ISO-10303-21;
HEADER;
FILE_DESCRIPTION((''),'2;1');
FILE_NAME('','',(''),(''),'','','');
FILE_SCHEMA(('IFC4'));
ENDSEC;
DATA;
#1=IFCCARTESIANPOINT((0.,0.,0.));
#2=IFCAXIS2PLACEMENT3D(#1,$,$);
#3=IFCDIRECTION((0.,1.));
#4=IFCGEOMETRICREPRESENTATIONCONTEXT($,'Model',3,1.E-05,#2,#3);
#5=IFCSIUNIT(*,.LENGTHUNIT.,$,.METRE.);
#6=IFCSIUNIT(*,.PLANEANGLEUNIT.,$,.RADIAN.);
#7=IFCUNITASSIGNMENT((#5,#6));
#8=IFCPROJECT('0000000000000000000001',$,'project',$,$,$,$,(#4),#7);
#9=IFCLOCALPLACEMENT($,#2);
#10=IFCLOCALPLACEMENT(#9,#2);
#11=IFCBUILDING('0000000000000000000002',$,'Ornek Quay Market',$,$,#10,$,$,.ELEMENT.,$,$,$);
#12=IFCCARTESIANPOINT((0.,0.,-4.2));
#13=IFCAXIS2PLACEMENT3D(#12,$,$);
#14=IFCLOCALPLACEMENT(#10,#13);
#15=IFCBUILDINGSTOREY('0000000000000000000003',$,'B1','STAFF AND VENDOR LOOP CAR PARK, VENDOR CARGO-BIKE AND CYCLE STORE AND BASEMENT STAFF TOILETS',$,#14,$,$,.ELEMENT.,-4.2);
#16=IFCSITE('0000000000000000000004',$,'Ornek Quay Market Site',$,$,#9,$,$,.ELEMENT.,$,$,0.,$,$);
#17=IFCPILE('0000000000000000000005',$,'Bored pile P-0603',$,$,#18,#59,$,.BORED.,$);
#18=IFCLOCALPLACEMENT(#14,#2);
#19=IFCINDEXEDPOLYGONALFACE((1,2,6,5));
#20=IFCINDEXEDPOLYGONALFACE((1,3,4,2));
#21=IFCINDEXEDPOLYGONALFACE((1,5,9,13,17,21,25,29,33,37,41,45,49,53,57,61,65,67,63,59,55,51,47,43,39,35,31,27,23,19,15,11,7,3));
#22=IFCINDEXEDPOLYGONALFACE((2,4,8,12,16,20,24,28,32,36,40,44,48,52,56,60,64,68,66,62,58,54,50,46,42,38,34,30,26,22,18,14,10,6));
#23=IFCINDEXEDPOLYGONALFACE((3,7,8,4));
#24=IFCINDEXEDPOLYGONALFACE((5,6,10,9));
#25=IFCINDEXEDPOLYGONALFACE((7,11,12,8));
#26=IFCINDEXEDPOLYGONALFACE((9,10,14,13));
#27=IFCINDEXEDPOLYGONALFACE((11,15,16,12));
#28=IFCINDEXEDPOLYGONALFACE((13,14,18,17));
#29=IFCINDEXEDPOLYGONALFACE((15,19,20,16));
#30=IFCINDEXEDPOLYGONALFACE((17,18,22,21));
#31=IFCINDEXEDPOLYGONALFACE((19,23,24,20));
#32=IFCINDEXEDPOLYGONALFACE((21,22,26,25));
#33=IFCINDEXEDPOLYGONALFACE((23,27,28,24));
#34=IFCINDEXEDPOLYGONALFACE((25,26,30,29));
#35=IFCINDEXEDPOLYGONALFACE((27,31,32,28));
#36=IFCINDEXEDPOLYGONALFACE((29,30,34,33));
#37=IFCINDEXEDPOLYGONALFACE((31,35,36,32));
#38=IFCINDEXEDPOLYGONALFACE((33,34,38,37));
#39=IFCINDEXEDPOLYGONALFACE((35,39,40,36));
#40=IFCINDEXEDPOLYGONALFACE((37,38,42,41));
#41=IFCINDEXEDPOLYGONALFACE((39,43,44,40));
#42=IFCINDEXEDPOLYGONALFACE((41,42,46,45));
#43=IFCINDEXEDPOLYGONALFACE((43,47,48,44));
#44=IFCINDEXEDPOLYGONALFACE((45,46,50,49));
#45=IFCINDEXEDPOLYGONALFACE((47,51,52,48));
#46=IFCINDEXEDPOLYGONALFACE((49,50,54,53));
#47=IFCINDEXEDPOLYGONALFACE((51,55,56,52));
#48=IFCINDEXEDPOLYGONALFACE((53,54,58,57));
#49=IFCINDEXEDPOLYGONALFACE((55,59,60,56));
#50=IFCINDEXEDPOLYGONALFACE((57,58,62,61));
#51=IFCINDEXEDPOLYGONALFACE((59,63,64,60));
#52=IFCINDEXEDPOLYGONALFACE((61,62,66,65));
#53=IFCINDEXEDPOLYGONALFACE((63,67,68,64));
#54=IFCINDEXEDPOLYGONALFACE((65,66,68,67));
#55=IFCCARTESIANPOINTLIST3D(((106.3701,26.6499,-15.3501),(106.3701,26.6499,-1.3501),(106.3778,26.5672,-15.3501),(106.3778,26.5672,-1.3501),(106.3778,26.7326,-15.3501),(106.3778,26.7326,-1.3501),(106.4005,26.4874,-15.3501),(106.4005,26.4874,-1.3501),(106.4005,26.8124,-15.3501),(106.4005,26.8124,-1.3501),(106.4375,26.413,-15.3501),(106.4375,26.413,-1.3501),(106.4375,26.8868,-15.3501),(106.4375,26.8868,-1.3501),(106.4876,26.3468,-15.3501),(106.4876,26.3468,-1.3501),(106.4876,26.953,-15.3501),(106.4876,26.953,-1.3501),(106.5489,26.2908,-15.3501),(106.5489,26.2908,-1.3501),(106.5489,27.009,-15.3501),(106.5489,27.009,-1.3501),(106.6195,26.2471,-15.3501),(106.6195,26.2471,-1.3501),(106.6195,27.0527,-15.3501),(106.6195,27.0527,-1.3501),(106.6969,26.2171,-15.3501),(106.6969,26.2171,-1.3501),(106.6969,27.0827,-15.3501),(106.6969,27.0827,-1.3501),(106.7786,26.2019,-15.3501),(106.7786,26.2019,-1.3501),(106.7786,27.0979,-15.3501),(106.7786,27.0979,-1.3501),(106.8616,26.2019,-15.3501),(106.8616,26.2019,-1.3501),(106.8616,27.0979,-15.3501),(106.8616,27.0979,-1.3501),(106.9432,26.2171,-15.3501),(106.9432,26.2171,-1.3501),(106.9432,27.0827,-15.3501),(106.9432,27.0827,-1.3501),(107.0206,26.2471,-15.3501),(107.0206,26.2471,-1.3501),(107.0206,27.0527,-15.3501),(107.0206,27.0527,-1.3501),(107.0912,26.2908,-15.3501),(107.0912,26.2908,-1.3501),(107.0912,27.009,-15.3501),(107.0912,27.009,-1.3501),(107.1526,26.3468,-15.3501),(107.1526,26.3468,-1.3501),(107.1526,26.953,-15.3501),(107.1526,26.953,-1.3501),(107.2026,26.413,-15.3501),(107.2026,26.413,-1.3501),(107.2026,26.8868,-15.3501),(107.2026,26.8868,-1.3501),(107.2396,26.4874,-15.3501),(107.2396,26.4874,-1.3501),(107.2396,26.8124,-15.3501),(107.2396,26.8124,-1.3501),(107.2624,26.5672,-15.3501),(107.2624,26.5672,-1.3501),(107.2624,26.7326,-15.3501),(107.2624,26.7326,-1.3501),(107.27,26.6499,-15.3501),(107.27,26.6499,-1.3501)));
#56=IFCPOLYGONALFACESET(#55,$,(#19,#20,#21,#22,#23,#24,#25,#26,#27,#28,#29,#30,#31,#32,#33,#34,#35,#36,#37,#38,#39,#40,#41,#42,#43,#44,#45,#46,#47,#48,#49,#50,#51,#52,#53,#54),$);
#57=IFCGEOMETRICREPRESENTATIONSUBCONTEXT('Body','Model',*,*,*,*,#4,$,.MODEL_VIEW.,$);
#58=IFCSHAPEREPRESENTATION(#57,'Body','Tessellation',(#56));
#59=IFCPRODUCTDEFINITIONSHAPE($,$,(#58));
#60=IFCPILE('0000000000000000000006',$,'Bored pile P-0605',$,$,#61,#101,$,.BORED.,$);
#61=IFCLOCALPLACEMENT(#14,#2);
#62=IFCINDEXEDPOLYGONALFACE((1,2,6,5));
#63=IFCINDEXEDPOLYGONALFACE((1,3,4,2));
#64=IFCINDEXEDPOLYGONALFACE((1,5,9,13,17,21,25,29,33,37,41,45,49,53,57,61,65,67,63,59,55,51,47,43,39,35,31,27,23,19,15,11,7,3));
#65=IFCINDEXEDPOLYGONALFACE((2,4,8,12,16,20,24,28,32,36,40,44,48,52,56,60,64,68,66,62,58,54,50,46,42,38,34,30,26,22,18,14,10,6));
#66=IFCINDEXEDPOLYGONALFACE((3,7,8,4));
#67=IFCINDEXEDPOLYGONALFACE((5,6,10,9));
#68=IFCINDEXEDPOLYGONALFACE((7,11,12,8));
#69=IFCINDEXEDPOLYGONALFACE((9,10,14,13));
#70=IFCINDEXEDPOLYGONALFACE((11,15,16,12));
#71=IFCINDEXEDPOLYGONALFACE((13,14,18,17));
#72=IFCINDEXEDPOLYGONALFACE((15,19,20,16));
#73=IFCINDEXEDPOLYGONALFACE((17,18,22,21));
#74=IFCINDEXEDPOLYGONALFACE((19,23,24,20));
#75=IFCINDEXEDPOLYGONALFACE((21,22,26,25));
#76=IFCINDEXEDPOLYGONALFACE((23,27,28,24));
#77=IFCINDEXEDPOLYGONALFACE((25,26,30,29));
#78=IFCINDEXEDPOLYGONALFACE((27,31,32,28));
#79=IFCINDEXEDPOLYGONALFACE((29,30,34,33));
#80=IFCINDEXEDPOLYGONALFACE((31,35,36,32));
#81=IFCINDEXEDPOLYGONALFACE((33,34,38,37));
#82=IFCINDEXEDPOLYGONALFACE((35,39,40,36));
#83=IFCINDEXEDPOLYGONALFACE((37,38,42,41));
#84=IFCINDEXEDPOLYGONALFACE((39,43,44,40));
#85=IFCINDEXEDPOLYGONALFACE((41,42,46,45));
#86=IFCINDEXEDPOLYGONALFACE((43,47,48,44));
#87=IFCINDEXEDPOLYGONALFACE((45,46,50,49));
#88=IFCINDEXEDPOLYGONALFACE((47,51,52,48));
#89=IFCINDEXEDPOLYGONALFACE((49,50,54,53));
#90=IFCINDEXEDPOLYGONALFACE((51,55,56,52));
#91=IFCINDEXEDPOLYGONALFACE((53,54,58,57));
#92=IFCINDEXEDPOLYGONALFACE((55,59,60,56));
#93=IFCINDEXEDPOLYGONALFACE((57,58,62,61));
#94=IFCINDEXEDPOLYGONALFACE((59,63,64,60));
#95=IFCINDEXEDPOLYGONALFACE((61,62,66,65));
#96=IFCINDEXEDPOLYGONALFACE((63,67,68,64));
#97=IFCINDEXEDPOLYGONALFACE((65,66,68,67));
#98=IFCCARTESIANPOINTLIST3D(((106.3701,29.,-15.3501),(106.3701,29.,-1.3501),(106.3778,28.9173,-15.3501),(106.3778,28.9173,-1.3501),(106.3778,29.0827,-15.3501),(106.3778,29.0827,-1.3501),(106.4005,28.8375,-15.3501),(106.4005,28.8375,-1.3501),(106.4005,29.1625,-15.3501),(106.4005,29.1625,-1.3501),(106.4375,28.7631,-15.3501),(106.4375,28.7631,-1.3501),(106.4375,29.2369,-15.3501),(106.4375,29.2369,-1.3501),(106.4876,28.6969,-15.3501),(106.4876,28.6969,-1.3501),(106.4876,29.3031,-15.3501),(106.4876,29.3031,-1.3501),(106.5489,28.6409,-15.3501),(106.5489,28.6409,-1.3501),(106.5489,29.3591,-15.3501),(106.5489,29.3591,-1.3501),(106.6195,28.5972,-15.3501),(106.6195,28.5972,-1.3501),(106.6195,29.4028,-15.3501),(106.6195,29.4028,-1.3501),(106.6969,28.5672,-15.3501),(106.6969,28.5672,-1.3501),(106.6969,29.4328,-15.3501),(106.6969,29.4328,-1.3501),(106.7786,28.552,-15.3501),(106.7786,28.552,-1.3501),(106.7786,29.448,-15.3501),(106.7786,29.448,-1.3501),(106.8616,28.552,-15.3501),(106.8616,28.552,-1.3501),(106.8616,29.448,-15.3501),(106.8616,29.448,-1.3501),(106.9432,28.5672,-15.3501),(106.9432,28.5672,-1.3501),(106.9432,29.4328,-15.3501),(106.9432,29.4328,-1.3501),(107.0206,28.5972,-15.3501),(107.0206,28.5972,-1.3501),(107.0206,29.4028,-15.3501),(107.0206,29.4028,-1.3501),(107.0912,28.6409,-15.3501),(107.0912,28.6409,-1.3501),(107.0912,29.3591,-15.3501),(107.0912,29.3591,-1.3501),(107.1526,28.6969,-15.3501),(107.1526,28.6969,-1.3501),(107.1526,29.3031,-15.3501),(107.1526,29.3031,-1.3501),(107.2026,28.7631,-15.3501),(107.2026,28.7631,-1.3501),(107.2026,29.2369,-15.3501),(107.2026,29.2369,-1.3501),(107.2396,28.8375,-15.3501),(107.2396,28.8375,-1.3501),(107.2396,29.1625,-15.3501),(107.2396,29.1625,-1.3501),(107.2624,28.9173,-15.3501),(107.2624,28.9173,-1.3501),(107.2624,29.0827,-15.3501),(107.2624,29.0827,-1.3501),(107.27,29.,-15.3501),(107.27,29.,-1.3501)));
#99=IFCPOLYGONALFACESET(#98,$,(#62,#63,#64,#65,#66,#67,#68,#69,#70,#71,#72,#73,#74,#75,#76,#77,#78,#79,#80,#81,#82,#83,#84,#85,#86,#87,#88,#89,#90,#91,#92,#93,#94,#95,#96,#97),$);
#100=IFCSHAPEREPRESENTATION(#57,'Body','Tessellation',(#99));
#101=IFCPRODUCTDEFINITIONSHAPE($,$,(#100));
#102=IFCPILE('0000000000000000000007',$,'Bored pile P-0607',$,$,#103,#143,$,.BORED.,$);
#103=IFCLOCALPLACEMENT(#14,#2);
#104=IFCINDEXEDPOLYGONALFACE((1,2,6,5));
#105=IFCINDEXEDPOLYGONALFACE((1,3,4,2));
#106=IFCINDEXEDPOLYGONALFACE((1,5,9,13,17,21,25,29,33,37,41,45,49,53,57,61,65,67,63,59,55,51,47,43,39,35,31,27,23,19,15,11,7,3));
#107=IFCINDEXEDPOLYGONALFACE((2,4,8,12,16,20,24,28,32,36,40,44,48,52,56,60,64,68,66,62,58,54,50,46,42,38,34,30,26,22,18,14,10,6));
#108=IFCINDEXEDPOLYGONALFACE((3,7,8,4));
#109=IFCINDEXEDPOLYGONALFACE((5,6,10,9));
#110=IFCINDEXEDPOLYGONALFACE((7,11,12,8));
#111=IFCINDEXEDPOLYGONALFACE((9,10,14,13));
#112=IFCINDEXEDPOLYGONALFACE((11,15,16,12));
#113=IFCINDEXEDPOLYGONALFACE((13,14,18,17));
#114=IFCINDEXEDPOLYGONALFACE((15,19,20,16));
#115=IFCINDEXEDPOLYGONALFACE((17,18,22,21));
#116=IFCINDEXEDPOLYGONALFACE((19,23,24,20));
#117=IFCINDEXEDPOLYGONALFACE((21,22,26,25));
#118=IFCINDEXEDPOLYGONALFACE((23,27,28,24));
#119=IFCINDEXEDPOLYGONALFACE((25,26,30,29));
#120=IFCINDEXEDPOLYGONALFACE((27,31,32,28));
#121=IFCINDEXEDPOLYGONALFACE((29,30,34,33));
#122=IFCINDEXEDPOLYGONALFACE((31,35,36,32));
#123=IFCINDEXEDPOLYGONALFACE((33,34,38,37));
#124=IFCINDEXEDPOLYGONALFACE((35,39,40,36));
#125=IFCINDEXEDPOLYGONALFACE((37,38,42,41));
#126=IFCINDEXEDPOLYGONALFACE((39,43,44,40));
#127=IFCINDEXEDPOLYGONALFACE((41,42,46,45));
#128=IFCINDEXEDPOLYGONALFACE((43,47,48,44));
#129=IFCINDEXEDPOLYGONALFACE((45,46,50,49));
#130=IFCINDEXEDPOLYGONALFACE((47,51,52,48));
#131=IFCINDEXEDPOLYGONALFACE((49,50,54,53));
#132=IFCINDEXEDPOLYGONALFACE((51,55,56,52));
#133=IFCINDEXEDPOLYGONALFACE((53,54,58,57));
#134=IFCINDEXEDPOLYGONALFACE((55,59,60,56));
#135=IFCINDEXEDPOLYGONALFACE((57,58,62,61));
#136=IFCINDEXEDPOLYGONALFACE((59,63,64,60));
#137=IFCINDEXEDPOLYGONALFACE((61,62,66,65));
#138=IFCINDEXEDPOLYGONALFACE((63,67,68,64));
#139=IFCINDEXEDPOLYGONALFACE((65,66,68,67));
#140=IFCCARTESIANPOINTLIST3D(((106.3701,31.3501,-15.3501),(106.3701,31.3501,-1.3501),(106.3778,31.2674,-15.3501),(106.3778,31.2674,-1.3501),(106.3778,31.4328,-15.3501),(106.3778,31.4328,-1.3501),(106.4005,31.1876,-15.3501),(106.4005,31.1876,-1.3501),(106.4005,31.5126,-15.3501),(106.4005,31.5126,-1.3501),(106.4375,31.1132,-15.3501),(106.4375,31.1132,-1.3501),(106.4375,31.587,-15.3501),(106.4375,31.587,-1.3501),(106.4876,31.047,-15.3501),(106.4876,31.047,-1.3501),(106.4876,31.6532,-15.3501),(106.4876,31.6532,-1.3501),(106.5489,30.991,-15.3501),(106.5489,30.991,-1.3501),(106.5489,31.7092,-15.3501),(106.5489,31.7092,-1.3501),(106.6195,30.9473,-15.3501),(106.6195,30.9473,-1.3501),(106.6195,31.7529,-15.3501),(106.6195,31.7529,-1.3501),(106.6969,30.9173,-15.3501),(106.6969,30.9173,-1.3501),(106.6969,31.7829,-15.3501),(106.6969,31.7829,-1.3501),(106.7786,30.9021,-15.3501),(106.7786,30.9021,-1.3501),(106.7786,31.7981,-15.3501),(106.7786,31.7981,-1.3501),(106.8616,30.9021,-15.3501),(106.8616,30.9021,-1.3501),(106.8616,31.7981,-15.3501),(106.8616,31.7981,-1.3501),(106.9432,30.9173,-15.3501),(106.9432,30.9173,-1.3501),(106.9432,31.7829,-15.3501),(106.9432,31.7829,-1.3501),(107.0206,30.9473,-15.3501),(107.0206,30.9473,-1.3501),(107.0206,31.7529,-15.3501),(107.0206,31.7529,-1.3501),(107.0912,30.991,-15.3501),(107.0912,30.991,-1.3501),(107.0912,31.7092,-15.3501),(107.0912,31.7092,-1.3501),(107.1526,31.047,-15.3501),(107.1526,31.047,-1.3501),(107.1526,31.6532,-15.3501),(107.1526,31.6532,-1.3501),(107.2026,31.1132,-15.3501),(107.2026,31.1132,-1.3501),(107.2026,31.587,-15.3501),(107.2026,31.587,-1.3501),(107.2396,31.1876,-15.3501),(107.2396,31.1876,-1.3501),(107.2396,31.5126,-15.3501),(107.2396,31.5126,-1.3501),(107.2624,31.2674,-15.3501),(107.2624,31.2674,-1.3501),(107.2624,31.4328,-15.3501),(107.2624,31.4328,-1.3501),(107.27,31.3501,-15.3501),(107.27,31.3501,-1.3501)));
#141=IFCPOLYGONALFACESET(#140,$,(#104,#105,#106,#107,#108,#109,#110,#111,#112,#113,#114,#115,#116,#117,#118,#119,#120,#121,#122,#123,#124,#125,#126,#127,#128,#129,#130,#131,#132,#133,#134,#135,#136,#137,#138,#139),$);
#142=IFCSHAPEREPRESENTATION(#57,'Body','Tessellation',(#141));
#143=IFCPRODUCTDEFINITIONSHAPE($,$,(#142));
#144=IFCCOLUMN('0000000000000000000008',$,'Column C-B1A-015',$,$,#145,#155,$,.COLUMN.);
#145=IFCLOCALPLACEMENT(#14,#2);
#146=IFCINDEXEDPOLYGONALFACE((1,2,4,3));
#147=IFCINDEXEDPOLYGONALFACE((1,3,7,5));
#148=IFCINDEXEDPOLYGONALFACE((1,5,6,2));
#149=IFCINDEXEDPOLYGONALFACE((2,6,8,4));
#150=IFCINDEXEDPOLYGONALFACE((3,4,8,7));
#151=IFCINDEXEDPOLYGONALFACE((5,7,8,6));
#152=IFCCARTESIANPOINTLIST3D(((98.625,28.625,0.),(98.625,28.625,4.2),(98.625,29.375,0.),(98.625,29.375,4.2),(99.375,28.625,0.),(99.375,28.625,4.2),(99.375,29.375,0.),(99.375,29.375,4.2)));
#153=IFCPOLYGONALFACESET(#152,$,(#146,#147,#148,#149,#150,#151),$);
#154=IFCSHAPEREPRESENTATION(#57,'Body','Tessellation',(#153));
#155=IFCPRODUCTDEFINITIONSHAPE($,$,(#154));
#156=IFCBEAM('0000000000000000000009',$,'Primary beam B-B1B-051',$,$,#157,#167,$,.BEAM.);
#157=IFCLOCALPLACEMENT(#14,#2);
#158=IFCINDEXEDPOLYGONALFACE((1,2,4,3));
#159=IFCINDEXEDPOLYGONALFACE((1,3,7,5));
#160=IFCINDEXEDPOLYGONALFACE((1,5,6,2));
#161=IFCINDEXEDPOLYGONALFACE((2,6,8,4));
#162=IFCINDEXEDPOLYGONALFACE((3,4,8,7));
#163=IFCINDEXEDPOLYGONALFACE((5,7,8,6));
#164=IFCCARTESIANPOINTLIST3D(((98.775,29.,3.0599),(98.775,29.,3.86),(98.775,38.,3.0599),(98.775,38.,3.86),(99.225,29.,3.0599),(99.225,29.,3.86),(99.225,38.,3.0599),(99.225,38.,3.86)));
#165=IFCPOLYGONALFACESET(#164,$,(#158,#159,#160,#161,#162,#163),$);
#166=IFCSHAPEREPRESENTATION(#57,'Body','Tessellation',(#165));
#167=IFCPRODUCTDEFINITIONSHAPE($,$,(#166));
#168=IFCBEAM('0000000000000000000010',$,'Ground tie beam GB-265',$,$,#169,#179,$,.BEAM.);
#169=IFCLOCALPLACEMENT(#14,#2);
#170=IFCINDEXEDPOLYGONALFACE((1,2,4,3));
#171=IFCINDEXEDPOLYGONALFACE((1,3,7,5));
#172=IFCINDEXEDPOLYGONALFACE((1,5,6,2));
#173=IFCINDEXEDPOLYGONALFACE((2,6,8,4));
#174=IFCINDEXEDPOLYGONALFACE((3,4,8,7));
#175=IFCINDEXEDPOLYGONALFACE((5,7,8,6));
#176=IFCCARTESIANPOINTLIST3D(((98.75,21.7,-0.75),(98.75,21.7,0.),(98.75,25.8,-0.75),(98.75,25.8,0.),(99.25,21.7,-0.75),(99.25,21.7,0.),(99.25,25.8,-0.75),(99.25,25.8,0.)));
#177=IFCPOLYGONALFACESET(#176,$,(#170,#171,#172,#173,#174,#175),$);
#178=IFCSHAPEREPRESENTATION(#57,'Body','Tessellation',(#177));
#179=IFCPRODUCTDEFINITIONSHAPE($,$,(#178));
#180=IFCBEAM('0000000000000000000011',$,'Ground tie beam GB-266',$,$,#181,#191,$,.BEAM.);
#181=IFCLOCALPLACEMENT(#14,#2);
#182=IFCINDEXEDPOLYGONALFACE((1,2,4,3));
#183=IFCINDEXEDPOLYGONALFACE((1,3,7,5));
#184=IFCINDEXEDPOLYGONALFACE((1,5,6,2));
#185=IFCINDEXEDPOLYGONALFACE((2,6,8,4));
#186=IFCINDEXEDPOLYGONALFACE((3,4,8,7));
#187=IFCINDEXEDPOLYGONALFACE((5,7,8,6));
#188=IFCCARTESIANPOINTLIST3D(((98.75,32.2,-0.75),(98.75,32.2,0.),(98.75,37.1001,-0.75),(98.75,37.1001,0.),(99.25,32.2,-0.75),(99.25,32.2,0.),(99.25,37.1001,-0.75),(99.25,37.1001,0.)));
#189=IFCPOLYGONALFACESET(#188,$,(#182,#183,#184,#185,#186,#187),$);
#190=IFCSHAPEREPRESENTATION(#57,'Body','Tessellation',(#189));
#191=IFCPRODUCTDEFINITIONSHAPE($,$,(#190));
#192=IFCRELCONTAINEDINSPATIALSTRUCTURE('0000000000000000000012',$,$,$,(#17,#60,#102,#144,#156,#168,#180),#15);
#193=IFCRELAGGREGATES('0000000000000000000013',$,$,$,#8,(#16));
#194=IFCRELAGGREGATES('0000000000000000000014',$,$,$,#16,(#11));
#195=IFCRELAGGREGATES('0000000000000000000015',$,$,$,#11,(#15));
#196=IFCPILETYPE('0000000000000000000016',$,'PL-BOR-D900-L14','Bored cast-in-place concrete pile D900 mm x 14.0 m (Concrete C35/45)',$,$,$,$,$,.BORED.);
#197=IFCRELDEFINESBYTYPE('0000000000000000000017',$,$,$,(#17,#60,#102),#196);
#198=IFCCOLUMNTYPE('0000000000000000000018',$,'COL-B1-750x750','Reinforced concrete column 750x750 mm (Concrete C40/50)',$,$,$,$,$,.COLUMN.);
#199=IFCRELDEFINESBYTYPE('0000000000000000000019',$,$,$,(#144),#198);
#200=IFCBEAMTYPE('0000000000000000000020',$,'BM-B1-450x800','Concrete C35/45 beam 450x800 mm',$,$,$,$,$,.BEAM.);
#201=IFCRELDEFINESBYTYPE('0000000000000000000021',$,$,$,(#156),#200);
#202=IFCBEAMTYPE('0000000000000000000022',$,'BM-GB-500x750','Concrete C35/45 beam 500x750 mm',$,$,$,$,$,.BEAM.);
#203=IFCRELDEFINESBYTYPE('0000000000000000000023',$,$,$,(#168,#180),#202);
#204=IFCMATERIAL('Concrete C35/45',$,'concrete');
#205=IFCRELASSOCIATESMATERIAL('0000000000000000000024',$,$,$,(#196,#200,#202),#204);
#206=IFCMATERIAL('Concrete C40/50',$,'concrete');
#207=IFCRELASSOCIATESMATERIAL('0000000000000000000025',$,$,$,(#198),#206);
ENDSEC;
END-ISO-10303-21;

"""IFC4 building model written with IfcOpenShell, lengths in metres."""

from ifc_helpers import new_model, si_unit, direction, frame, origin, origin_2d, place, context, subcontext, project, spatial, rectangle, circle, extrude, material, material_profile, profile_set, type_object, element, save


model = new_model("IFC4")

# Units and contexts
model_context = context("Model", 3, precision=1e-05, world=origin(), true_north=direction((0.0, 1.0)))
body_context = subcontext(model_context, "Body", "Model", "MODEL_VIEW")
ifc_project = project(units=[si_unit("LENGTHUNIT", "METRE"), si_unit("PLANEANGLEUNIT", "RADIAN")], contexts=[model_context])

# Site, building, storey
site_placement = place(None, origin())
site = spatial("IfcSite", under=ifc_project, at=site_placement, Name="Ornek Quay Market Site", CompositionType="ELEMENT", RefElevation=0.0)
building_placement = place(site_placement, origin())
building = spatial("IfcBuilding", under=site, at=building_placement, Name="Ornek Quay Market", CompositionType="ELEMENT")
storey_placement = place(building_placement, frame((0.0, 0.0, -4.2)))
storey = spatial("IfcBuildingStorey", under=building, at=storey_placement, Name="B1", Description="STAFF AND VENDOR LOOP CAR PARK, VENDOR CARGO-BIKE AND CYCLE STORE AND BASEMENT STAFF TOILETS", CompositionType="ELEMENT", Elevation=-4.2)

# Piles
ifc_material_1 = material(Name="Concrete C35/45", Category="concrete")
ifc_material_profile_1 = material_profile(ifc_material_1, circle(Radius=0.45, at=origin_2d()), Name="PILE D900", Category="concrete")
ifc_profile_set_1 = profile_set([ifc_material_profile_1], Name="Concrete C35/45")
pile_type_1 = type_object("IfcPileType", Name="PL-BOR-D900-L14", Description="Bored cast-in-place concrete pile D900 mm x 14.0 m (Concrete C35/45)", PredefinedType="BORED", material=ifc_profile_set_1)
for number, where, z_axis, x_axis, name in (
    (1, (106.8201, 26.6499, -1.3501), (0.0, 0.0, -1.0), (1.0, 0.0, 0.0), "Bored pile P-0603"),
    (2, (106.8201, 29.0, -1.3501), (0.0, 0.0, -1.0), (1.0, 0.0, 0.0), "Bored pile P-0605"),
    (3, (106.8201, 31.3501, -1.3501), (0.0, 0.0, -1.0), (1.0, 0.0, 0.0), "Bored pile P-0607"),
):
    element("IfcPile", number, at=place(storey_placement, frame(where, z_axis=z_axis, x_axis=x_axis)), inside=storey, type_object=pile_type_1, Name=name, PredefinedType="BORED", context=body_context, shape_type="SweptSolid", body=[
        extrude(circle(Radius=0.45, at=origin_2d()), origin(), (0.0, 0.0, 1.0), 14.0),
    ])

# Column
ifc_material_2 = material(Name="Concrete C40/50", Category="concrete")
ifc_material_profile_2 = material_profile(ifc_material_2, rectangle(XDim=0.75, YDim=0.75, at=origin_2d()), Name="RC 750x750", Category="concrete")
ifc_profile_set_2 = profile_set([ifc_material_profile_2], Name="Concrete C40/50")
column_type = type_object("IfcColumnType", Name="COL-B1-750x750", Description="Reinforced concrete column 750x750 mm (Concrete C40/50)", PredefinedType="COLUMN", material=ifc_profile_set_2)
column_placement = place(storey_placement, frame((99.0, 29.0, 0.0), z_axis=(0.0, 0.0, 1.0), x_axis=(1.0, 0.0, 0.0)))
element("IfcColumn", 4, at=column_placement, inside=storey, type_object=column_type, Name="Column C-B1A-015", PredefinedType="COLUMN", context=body_context, shape_type="SweptSolid", body=[
    extrude(rectangle(XDim=0.75, YDim=0.75, at=origin_2d()), origin(), (0.0, 0.0, 1.0), 4.2),
])

# Beams
ifc_material_profile_3 = material_profile(ifc_material_1, rectangle(XDim=0.45, YDim=0.8, at=origin_2d()), Name="RC 450x800", Category="concrete")
ifc_profile_set_3 = profile_set([ifc_material_profile_3], Name="Concrete C35/45")
beam_type_1 = type_object("IfcBeamType", Name="BM-B1-450x800", Description="Concrete C35/45 beam 450x800 mm", PredefinedType="BEAM", material=ifc_profile_set_3)
beam_1_placement = place(storey_placement, frame((99.0, 29.0, 3.46), z_axis=(0.0, 1.0, 0.0), x_axis=(-1.0, 0.0, 0.0)))
element("IfcBeam", 5, at=beam_1_placement, inside=storey, type_object=beam_type_1, Name="Primary beam B-B1B-051", PredefinedType="BEAM", context=body_context, shape_type="SweptSolid", body=[
    extrude(rectangle(XDim=0.45, YDim=0.8, at=origin_2d()), origin(), (0.0, 0.0, 1.0), 9.0),
])
ifc_material_profile_4 = material_profile(ifc_material_1, rectangle(XDim=0.5, YDim=0.75, at=origin_2d()), Name="RC 500x750", Category="concrete")
ifc_profile_set_4 = profile_set([ifc_material_profile_4], Name="Concrete C35/45")
beam_type_2 = type_object("IfcBeamType", Name="BM-GB-500x750", Description="Concrete C35/45 beam 500x750 mm", PredefinedType="BEAM", material=ifc_profile_set_4)
beam_2_placement = place(storey_placement, frame((99.0, 21.7, -0.375), z_axis=(0.0, 1.0, 0.0), x_axis=(-1.0, 0.0, 0.0)))
element("IfcBeam", 6, at=beam_2_placement, inside=storey, type_object=beam_type_2, Name="Ground tie beam GB-265", PredefinedType="BEAM", context=body_context, shape_type="SweptSolid", body=[
    extrude(rectangle(XDim=0.5, YDim=0.75, at=origin_2d()), origin(), (0.0, 0.0, 1.0), 4.1001),
])
beam_3_placement = place(storey_placement, frame((99.0, 32.2, -0.375), z_axis=(0.0, 1.0, 0.0), x_axis=(-1.0, 0.0, 0.0)))
element("IfcBeam", 7, at=beam_3_placement, inside=storey, type_object=beam_type_2, Name="Ground tie beam GB-266", PredefinedType="BEAM", context=body_context, shape_type="SweptSolid", body=[
    extrude(rectangle(XDim=0.5, YDim=0.75, at=origin_2d()), origin(), (0.0, 0.0, 1.0), 4.9001),
])

save(model, "model.ifc")
